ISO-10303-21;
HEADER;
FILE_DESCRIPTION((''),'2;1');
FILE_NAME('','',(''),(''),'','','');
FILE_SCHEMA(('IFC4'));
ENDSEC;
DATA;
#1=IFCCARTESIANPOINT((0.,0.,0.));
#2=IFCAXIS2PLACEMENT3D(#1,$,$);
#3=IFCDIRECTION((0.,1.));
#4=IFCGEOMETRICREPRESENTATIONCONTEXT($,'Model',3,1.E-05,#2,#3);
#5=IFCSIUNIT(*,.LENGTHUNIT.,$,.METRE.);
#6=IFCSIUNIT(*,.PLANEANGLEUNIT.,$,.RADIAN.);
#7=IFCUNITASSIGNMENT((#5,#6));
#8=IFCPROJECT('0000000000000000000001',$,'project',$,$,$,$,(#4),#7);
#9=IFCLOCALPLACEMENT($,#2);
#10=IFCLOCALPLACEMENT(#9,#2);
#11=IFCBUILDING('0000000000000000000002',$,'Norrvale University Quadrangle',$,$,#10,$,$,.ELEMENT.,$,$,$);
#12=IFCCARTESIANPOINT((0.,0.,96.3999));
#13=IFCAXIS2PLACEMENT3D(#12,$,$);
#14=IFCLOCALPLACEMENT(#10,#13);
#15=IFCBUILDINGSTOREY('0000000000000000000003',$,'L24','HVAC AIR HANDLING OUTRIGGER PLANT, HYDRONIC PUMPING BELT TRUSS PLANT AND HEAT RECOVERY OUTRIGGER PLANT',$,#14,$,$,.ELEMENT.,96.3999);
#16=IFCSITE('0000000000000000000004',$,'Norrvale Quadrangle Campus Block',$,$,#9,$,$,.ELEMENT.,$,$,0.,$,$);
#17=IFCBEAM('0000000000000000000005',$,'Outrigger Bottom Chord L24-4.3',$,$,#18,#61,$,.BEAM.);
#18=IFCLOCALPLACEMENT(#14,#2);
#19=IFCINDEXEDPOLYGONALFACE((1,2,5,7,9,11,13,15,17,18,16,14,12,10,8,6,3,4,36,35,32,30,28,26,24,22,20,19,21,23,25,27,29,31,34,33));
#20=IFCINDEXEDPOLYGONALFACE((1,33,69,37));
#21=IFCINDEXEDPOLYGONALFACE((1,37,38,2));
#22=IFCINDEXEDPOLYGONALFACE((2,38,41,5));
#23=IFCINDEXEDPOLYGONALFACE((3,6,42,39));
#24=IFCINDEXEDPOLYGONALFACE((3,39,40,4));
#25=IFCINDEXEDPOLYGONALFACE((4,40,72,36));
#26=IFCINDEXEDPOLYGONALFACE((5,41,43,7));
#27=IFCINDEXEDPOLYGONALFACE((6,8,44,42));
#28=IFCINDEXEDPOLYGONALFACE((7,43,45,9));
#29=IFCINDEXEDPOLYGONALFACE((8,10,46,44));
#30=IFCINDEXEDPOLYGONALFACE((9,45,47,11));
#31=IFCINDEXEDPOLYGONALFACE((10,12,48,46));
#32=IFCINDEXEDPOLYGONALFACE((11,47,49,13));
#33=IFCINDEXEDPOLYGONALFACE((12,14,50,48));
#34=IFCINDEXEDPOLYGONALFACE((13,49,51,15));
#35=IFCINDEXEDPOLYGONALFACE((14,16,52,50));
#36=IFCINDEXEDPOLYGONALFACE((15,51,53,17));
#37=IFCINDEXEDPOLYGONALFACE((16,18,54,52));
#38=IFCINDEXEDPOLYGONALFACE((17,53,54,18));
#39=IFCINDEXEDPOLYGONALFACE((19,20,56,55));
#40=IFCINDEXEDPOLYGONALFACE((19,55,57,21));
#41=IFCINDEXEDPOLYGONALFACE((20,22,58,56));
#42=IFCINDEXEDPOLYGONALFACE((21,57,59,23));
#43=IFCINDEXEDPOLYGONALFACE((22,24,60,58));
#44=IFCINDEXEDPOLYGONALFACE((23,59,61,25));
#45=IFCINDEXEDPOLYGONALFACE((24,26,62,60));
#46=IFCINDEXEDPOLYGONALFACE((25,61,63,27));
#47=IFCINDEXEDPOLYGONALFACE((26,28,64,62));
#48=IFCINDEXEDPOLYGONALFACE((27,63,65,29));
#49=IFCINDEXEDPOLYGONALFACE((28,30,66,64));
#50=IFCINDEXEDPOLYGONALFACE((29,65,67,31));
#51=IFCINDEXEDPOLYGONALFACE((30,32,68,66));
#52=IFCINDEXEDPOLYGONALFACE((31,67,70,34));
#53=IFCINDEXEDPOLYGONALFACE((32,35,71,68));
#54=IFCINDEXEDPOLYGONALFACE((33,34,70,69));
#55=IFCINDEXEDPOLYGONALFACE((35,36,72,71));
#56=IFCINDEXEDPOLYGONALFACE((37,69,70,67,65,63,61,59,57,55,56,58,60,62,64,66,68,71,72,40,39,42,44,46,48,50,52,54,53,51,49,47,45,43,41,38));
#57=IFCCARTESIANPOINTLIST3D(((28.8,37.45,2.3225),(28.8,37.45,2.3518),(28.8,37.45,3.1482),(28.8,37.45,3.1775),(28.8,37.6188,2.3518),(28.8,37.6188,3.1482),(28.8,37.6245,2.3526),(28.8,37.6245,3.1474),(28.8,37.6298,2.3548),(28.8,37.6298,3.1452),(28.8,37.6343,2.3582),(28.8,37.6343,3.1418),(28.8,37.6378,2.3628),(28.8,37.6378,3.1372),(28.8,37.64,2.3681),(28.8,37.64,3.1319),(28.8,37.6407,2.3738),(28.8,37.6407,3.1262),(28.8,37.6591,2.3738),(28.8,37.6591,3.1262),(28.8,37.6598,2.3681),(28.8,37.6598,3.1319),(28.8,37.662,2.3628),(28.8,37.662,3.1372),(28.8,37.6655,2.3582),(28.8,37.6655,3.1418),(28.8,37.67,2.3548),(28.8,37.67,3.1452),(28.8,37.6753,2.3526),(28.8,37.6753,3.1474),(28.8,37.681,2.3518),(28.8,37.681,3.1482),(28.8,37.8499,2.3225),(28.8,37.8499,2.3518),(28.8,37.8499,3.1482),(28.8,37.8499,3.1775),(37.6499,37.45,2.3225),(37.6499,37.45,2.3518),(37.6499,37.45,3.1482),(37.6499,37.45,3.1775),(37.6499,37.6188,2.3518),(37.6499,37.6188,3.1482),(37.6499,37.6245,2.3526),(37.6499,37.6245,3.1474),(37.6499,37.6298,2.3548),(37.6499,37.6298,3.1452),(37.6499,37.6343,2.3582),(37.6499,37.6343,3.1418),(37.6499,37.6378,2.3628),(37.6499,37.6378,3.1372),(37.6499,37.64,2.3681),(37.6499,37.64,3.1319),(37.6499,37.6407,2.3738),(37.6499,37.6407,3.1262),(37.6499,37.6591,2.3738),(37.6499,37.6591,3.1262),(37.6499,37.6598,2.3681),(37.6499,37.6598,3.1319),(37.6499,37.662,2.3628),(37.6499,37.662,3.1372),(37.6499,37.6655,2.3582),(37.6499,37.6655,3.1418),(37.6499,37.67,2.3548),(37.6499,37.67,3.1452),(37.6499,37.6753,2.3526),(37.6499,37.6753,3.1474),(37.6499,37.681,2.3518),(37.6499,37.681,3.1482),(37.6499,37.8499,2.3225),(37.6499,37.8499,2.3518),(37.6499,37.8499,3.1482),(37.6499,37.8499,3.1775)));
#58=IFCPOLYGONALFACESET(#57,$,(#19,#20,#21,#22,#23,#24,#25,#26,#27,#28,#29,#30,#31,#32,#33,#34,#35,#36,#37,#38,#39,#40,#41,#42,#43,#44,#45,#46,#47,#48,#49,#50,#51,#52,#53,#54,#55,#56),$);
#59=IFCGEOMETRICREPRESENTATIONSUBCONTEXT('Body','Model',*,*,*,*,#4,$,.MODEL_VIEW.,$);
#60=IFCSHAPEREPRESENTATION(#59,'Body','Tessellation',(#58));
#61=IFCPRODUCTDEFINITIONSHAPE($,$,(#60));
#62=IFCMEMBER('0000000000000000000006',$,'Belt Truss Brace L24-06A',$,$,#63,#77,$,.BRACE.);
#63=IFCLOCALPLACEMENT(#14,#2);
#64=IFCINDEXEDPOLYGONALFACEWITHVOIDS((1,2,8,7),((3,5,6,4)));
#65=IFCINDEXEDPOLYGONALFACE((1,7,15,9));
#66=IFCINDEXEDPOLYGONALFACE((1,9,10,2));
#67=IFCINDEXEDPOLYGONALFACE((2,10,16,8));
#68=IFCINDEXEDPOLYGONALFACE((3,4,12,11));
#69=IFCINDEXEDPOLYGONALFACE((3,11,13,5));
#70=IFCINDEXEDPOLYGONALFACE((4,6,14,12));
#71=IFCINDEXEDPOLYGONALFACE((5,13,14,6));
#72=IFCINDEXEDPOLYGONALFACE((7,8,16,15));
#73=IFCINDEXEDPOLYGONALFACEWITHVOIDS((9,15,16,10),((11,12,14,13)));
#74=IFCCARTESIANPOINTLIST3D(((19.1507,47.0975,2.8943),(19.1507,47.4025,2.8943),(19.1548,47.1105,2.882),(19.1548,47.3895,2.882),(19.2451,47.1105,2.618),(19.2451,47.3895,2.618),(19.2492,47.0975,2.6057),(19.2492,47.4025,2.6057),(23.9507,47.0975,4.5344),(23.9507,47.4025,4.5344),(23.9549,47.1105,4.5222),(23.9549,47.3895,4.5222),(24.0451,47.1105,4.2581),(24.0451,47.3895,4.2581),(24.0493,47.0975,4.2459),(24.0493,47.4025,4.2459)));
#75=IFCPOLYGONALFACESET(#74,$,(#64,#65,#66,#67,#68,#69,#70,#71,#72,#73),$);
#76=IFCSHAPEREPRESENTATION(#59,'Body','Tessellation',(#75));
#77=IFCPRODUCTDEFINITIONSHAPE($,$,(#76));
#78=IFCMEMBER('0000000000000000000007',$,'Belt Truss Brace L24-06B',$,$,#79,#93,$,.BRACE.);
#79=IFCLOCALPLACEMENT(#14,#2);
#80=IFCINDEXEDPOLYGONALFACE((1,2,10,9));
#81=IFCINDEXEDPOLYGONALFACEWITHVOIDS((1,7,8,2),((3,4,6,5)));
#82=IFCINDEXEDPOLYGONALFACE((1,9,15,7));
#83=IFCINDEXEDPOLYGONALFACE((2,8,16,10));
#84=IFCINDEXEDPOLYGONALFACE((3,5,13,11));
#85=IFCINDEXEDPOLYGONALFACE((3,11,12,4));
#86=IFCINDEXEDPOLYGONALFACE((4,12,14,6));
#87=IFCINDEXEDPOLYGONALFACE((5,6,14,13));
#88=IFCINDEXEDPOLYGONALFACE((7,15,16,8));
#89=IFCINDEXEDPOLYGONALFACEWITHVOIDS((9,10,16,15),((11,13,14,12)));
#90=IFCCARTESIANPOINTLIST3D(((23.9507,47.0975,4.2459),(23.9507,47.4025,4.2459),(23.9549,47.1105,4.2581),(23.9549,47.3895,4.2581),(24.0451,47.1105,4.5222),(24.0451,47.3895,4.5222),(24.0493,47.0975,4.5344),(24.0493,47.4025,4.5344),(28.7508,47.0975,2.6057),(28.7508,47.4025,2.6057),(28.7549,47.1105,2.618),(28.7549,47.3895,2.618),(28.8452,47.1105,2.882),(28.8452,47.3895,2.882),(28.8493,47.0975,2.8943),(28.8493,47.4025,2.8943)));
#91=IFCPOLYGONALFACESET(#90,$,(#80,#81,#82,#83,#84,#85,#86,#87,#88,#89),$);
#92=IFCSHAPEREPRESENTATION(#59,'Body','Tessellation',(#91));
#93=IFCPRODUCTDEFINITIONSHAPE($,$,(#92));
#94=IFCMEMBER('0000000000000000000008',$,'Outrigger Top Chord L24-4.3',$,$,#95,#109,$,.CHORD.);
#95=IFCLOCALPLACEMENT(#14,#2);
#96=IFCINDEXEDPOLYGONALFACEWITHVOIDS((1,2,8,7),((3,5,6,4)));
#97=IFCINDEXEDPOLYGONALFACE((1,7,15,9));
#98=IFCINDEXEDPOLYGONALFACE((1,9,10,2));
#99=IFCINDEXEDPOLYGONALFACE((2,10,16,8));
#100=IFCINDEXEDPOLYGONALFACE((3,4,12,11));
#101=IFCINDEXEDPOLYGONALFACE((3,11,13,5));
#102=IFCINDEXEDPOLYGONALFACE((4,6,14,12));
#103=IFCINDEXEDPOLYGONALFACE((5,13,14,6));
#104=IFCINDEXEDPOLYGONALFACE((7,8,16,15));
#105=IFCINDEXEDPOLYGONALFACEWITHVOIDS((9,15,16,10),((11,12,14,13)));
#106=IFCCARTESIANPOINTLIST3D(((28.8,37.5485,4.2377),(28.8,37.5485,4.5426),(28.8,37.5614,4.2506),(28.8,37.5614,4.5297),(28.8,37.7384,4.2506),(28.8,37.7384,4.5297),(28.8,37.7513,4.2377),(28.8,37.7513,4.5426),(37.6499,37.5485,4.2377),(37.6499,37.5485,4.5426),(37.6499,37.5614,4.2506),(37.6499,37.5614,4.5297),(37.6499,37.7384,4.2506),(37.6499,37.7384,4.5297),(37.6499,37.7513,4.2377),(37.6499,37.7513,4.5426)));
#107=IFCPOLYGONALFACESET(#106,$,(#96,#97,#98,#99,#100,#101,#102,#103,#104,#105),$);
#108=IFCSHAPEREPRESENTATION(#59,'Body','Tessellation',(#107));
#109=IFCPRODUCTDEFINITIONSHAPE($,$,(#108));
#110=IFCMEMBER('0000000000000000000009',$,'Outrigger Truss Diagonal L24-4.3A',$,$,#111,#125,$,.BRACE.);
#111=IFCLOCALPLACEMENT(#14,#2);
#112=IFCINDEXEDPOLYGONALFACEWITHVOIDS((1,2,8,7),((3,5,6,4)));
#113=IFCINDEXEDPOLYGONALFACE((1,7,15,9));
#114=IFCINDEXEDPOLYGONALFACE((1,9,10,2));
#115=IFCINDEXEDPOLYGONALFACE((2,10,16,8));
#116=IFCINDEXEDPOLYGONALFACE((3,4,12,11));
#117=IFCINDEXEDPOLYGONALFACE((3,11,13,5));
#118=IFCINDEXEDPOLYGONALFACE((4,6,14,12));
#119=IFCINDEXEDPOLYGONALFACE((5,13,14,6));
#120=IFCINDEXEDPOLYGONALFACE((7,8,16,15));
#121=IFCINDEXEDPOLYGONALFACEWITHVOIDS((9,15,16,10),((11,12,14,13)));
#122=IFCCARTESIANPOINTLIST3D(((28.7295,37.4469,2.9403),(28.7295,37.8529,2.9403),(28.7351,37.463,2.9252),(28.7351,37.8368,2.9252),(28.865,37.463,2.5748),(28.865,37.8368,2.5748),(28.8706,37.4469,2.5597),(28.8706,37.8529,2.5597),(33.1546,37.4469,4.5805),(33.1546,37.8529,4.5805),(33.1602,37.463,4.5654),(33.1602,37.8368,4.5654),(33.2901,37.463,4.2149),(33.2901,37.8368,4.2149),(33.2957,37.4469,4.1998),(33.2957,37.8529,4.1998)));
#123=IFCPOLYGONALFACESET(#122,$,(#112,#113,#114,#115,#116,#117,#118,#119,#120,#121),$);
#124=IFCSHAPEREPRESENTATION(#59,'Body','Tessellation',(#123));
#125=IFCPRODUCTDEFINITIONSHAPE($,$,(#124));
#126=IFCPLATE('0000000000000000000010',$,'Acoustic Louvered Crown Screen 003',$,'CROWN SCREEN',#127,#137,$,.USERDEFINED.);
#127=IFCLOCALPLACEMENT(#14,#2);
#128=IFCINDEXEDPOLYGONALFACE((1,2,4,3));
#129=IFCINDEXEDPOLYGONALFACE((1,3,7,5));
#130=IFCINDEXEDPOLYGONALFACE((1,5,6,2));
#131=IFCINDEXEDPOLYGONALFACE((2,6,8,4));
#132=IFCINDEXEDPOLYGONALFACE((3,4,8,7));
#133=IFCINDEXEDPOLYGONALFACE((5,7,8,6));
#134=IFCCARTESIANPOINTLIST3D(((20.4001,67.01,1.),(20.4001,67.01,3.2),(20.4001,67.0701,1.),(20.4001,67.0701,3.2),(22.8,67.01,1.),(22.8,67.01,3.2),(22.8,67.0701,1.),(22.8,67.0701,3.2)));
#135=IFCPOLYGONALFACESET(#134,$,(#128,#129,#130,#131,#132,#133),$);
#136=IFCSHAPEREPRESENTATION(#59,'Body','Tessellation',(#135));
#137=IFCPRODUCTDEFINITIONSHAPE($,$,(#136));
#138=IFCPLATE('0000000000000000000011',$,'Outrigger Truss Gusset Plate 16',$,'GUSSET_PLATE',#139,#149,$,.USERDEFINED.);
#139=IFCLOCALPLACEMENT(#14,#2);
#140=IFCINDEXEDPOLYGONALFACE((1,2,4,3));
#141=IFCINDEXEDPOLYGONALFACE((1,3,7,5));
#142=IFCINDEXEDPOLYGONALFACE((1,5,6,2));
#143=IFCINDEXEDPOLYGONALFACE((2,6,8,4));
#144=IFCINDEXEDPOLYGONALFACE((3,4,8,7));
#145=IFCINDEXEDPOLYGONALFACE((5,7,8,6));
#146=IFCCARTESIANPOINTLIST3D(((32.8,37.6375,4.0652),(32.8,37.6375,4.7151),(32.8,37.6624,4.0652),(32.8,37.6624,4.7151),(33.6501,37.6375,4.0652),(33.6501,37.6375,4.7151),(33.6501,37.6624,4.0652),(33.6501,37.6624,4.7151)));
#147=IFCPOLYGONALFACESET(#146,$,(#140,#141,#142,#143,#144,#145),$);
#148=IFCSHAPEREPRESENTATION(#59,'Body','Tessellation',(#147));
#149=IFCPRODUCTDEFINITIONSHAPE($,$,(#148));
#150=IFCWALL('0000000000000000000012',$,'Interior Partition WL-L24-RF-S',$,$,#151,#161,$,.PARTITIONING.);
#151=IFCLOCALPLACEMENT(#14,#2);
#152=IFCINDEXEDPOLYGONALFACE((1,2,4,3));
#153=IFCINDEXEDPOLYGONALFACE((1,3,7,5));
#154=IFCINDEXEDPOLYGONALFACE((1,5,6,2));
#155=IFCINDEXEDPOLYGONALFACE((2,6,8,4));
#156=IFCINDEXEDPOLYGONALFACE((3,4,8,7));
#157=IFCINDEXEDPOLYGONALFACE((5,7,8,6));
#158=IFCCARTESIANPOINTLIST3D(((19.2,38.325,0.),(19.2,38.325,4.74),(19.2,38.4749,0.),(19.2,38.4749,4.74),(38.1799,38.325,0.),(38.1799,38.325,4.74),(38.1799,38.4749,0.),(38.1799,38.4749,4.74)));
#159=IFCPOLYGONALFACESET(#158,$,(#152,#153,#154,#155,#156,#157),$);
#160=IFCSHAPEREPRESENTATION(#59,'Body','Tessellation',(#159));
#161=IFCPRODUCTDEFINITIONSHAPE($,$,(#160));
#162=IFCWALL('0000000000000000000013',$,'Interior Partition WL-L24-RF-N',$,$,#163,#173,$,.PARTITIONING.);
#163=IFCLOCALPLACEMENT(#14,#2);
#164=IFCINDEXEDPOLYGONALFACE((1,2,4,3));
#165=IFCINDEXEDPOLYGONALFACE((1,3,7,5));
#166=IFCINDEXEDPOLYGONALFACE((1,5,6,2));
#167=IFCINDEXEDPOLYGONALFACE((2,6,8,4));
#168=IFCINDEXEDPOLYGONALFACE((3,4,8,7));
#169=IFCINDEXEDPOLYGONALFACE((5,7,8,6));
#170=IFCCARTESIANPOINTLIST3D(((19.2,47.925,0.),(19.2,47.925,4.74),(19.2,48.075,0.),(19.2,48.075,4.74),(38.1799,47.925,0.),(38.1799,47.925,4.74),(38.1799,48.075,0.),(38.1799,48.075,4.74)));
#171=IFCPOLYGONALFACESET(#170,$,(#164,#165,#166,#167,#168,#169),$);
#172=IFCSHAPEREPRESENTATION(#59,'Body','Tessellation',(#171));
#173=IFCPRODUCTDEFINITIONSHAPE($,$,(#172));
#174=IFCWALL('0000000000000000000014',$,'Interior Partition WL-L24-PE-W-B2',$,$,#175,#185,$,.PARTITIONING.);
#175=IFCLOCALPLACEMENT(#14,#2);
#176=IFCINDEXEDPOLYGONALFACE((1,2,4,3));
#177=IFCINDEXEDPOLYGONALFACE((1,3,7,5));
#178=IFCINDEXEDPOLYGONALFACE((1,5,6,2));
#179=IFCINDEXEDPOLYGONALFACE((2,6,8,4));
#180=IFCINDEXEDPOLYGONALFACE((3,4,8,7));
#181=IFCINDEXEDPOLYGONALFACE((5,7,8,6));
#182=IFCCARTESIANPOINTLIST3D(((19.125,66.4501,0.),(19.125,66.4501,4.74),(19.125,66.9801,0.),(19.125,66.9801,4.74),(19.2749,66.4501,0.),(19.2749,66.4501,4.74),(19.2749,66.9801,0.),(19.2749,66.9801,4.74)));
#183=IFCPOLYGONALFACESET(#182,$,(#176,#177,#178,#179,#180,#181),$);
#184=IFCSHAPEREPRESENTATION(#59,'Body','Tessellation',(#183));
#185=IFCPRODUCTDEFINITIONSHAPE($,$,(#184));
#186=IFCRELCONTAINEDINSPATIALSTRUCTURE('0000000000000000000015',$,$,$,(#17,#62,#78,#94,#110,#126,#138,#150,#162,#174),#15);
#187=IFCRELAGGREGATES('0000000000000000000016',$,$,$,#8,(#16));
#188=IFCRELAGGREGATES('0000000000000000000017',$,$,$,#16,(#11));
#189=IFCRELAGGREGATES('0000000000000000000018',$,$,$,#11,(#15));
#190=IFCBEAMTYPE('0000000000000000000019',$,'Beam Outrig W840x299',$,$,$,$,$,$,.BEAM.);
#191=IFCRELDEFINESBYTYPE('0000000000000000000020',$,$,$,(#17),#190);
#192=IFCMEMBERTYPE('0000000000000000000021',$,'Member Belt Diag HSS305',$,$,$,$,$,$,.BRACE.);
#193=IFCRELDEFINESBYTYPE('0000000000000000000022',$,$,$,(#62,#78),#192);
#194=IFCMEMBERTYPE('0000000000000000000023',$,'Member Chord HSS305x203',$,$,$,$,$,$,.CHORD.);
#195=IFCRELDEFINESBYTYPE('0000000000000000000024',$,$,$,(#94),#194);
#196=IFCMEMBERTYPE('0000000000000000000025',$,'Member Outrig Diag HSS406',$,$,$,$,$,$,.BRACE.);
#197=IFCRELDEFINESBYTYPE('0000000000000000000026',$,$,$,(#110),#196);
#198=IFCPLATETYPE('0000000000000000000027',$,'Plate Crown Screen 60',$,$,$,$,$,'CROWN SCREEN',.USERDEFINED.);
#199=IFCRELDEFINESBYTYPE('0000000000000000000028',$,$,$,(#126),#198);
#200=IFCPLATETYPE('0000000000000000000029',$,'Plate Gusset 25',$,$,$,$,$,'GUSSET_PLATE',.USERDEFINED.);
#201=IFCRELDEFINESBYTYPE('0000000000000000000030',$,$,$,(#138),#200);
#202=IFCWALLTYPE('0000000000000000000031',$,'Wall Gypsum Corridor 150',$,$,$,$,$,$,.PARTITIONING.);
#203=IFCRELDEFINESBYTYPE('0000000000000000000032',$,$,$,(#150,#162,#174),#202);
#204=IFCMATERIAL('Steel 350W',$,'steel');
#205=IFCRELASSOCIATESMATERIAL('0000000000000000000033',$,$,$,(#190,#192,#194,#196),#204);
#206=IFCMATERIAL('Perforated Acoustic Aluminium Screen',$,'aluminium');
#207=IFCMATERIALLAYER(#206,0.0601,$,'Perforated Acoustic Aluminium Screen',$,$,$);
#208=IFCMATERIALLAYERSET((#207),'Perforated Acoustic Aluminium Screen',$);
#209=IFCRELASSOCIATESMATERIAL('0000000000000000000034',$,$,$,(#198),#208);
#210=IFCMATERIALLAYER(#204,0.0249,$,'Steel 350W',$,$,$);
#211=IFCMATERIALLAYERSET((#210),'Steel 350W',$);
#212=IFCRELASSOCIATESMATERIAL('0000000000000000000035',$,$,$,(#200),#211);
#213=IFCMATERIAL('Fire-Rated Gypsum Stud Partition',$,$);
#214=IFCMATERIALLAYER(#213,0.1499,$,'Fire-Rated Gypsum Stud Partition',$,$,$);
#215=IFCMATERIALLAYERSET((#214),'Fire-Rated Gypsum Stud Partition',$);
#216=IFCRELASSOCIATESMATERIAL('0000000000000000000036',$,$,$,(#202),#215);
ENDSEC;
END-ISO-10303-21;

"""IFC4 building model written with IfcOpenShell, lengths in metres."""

from ifc_helpers import new_model, si_unit, direction, frame, frame_2d, origin, origin_2d, place, context, subcontext, project, spatial, rectangle, hollow_rectangle, i_section, extrude, material, layer, layer_set, material_profile, profile_set, type_object, element, save


model = new_model("IFC4")

# Units and contexts
model_context = context("Model", 3, precision=1e-05, world=origin(), true_north=direction((0.0, 1.0)))
body_context = subcontext(model_context, "Body", "Model", "MODEL_VIEW")
ifc_project = project(units=[si_unit("LENGTHUNIT", "METRE"), si_unit("PLANEANGLEUNIT", "RADIAN")], contexts=[model_context])

# Site, building, storey
site_placement = place(None, origin())
site = spatial("IfcSite", under=ifc_project, at=site_placement, Name="Norrvale Quadrangle Campus Block", CompositionType="ELEMENT", RefElevation=0.0)
building_placement = place(site_placement, origin())
building = spatial("IfcBuilding", under=site, at=building_placement, Name="Norrvale University Quadrangle", CompositionType="ELEMENT")
storey_placement = place(building_placement, frame((0.0, 0.0, 96.3999)))
storey = spatial("IfcBuildingStorey", under=building, at=storey_placement, Name="L24", Description="HVAC AIR HANDLING OUTRIGGER PLANT, HYDRONIC PUMPING BELT TRUSS PLANT AND HEAT RECOVERY OUTRIGGER PLANT", CompositionType="ELEMENT", Elevation=96.3999)

# Beam
ifc_material_1 = material(Name="Steel 350W", Category="steel")
ifc_material_profile_1 = material_profile(ifc_material_1, i_section(OverallWidth=0.3999, OverallDepth=0.855, WebThickness=0.0183, FlangeThickness=0.0293, FilletRadius=0.022, at=origin_2d()), Name="Steel 350W")
ifc_profile_set_1 = profile_set([ifc_material_profile_1], Name="Steel 350W")
beam_type_1 = type_object("IfcBeamType", Name="Beam Outrig W840x299", PredefinedType="BEAM", material=ifc_profile_set_1)
beam_1_placement = place(storey_placement, frame((28.8, 37.6499, 2.75), z_axis=(1.0, 0.0, 0.0), x_axis=(0.0, 1.0, 0.0)))
element("IfcBeam", 1, at=beam_1_placement, inside=storey, type_object=beam_type_1, Name="Outrigger Bottom Chord L24-4.3", PredefinedType="BEAM", context=body_context, shape_type="SweptSolid", body=[
    extrude(i_section(OverallWidth=0.3999, OverallDepth=0.855, WebThickness=0.0183, FlangeThickness=0.0293, FilletRadius=0.022, at=origin_2d()), origin(), (0.0, 0.0, 1.0), 8.8499),
])

# Members
ifc_material_profile_2 = material_profile(ifc_material_1, hollow_rectangle(XDim=0.3049, YDim=0.3049, WallThickness=0.0129, at=origin_2d()), Name="Steel 350W")
ifc_profile_set_2 = profile_set([ifc_material_profile_2], Name="Steel 350W")
member_type_1 = type_object("IfcMemberType", Name="Member Belt Diag HSS305", PredefinedType="BRACE", material=ifc_profile_set_2)
for number, where, z_axis, x_axis, name in (
    (2, (19.2, 47.25, 2.75), (0.946284, 0.0, 0.323337), (0.0, 1.0, 0.0), "Belt Truss Brace L24-06A"),
    (3, (28.8, 47.25, 2.75), (-0.946284, 0.0, 0.323337), (0.0, -1.0, 0.0), "Belt Truss Brace L24-06B"),
):
    element("IfcMember", number, at=place(storey_placement, frame(where, z_axis=z_axis, x_axis=x_axis)), inside=storey, type_object=member_type_1, Name=name, PredefinedType="BRACE", context=body_context, shape_type="SweptSolid", body=[
        extrude(hollow_rectangle(XDim=0.3049, YDim=0.3049, WallThickness=0.0129, at=origin_2d()), origin(), (0.0, 0.0, 1.0), 5.0725),
    ])
ifc_material_profile_3 = material_profile(ifc_material_1, hollow_rectangle(XDim=0.2029, YDim=0.3049, WallThickness=0.0129, at=origin_2d()), Name="Steel 350W")
ifc_profile_set_3 = profile_set([ifc_material_profile_3], Name="Steel 350W")
member_type_2 = type_object("IfcMemberType", Name="Member Chord HSS305x203", PredefinedType="CHORD", material=ifc_profile_set_3)
member_1_placement = place(storey_placement, frame((28.8, 37.6499, 4.3901), z_axis=(1.0, 0.0, 0.0), x_axis=(0.0, 1.0, 0.0)))
element("IfcMember", 4, at=member_1_placement, inside=storey, type_object=member_type_2, Name="Outrigger Top Chord L24-4.3", PredefinedType="CHORD", context=body_context, shape_type="SweptSolid", body=[
    extrude(hollow_rectangle(XDim=0.2029, YDim=0.3049, WallThickness=0.0129, at=origin_2d()), origin(), (0.0, 0.0, 1.0), 8.8499),
])
ifc_material_profile_4 = material_profile(ifc_material_1, hollow_rectangle(XDim=0.406, YDim=0.406, WallThickness=0.0161, at=origin_2d()), Name="Steel 350W")
ifc_profile_set_4 = profile_set([ifc_material_profile_4], Name="Steel 350W")
member_type_3 = type_object("IfcMemberType", Name="Member Outrig Diag HSS406", PredefinedType="BRACE", material=ifc_profile_set_4)
member_2_placement = place(storey_placement, frame((28.8, 37.6499, 2.75), z_axis=(0.937664, 0.0, 0.347543), x_axis=(0.0, 1.0, 0.0)))
element("IfcMember", 5, at=member_2_placement, inside=storey, type_object=member_type_3, Name="Outrigger Truss Diagonal L24-4.3A", PredefinedType="BRACE", context=body_context, shape_type="SweptSolid", body=[
    extrude(hollow_rectangle(XDim=0.406, YDim=0.406, WallThickness=0.0161, at=origin_2d()), origin(), (0.0, 0.0, 1.0), 4.7192),
])

# Plates
ifc_material_2 = material(Name="Perforated Acoustic Aluminium Screen", Category="aluminium")
ifc_layer_1 = layer(ifc_material_2, 0.0601, Name="Perforated Acoustic Aluminium Screen")
ifc_layer_set_1 = layer_set([ifc_layer_1], Name="Perforated Acoustic Aluminium Screen")
plate_type_1 = type_object("IfcPlateType", Name="Plate Crown Screen 60", ElementType="CROWN SCREEN", PredefinedType="USERDEFINED", material=ifc_layer_set_1)
plate_1_placement = place(storey_placement, frame((21.6001, 67.04, 1.0), z_axis=(0.0, 0.0, 1.0), x_axis=(-1.0, 0.0, 0.0)))
element("IfcPlate", 6, at=plate_1_placement, inside=storey, type_object=plate_type_1, Name="Acoustic Louvered Crown Screen 003", ObjectType="CROWN SCREEN", PredefinedType="USERDEFINED", context=body_context, shape_type="SweptSolid", body=[
    extrude(rectangle(XDim=2.3999, YDim=0.0601, at=origin_2d()), origin(), (0.0, 0.0, 1.0), 2.2),
])
ifc_layer_2 = layer(ifc_material_1, 0.0249, Name="Steel 350W")
ifc_layer_set_2 = layer_set([ifc_layer_2], Name="Steel 350W")
plate_type_2 = type_object("IfcPlateType", Name="Plate Gusset 25", ElementType="GUSSET_PLATE", PredefinedType="USERDEFINED", material=ifc_layer_set_2)
plate_2_placement = place(storey_placement, frame((33.2251, 37.6499, 4.0652), z_axis=(0.0, 0.0, 1.0), x_axis=(1.0, 0.0, 0.0)))
element("IfcPlate", 7, at=plate_2_placement, inside=storey, type_object=plate_type_2, Name="Outrigger Truss Gusset Plate 16", ObjectType="GUSSET_PLATE", PredefinedType="USERDEFINED", context=body_context, shape_type="SweptSolid", body=[
    extrude(rectangle(XDim=0.8501, YDim=0.0249, at=origin_2d()), origin(), (0.0, 0.0, 1.0), 0.6499),
])

# Walls
ifc_material_3 = material(Name="Fire-Rated Gypsum Stud Partition")
ifc_layer_3 = layer(ifc_material_3, 0.1499, Name="Fire-Rated Gypsum Stud Partition")
ifc_layer_set_3 = layer_set([ifc_layer_3], Name="Fire-Rated Gypsum Stud Partition")
wall_type = type_object("IfcWallType", Name="Wall Gypsum Corridor 150", PredefinedType="PARTITIONING", material=ifc_layer_set_3)
for number, where, z_axis, x_axis, name in (
    (8, (19.2, 38.3999, 0.0), (0.0, 0.0, 1.0), (1.0, 0.0, 0.0), "Interior Partition WL-L24-RF-S"),
    (9, (19.2, 48.0, 0.0), (0.0, 0.0, 1.0), (1.0, 0.0, 0.0), "Interior Partition WL-L24-RF-N"),
):
    element("IfcWall", number, at=place(storey_placement, frame(where, z_axis=z_axis, x_axis=x_axis)), inside=storey, type_object=wall_type, Name=name, PredefinedType="PARTITIONING", context=body_context, shape_type="SweptSolid", body=[
        extrude(rectangle(XDim=18.98, YDim=0.1499, at=frame_2d((9.49, 0.0))), origin(), (0.0, 0.0, 1.0), 4.74),
    ])
wall_placement = place(storey_placement, frame((19.2, 66.45, 0.0), z_axis=(0.0, 0.0, 1.0), x_axis=(0.0, 1.0, 0.0)))
element("IfcWall", 10, at=wall_placement, inside=storey, type_object=wall_type, Name="Interior Partition WL-L24-PE-W-B2", PredefinedType="PARTITIONING", context=body_context, shape_type="SweptSolid", body=[
    extrude(rectangle(XDim=0.53, YDim=0.1499, at=frame_2d((0.2651, 0.0))), origin(), (0.0, 0.0, 1.0), 4.74),
])

save(model, "model.ifc")
